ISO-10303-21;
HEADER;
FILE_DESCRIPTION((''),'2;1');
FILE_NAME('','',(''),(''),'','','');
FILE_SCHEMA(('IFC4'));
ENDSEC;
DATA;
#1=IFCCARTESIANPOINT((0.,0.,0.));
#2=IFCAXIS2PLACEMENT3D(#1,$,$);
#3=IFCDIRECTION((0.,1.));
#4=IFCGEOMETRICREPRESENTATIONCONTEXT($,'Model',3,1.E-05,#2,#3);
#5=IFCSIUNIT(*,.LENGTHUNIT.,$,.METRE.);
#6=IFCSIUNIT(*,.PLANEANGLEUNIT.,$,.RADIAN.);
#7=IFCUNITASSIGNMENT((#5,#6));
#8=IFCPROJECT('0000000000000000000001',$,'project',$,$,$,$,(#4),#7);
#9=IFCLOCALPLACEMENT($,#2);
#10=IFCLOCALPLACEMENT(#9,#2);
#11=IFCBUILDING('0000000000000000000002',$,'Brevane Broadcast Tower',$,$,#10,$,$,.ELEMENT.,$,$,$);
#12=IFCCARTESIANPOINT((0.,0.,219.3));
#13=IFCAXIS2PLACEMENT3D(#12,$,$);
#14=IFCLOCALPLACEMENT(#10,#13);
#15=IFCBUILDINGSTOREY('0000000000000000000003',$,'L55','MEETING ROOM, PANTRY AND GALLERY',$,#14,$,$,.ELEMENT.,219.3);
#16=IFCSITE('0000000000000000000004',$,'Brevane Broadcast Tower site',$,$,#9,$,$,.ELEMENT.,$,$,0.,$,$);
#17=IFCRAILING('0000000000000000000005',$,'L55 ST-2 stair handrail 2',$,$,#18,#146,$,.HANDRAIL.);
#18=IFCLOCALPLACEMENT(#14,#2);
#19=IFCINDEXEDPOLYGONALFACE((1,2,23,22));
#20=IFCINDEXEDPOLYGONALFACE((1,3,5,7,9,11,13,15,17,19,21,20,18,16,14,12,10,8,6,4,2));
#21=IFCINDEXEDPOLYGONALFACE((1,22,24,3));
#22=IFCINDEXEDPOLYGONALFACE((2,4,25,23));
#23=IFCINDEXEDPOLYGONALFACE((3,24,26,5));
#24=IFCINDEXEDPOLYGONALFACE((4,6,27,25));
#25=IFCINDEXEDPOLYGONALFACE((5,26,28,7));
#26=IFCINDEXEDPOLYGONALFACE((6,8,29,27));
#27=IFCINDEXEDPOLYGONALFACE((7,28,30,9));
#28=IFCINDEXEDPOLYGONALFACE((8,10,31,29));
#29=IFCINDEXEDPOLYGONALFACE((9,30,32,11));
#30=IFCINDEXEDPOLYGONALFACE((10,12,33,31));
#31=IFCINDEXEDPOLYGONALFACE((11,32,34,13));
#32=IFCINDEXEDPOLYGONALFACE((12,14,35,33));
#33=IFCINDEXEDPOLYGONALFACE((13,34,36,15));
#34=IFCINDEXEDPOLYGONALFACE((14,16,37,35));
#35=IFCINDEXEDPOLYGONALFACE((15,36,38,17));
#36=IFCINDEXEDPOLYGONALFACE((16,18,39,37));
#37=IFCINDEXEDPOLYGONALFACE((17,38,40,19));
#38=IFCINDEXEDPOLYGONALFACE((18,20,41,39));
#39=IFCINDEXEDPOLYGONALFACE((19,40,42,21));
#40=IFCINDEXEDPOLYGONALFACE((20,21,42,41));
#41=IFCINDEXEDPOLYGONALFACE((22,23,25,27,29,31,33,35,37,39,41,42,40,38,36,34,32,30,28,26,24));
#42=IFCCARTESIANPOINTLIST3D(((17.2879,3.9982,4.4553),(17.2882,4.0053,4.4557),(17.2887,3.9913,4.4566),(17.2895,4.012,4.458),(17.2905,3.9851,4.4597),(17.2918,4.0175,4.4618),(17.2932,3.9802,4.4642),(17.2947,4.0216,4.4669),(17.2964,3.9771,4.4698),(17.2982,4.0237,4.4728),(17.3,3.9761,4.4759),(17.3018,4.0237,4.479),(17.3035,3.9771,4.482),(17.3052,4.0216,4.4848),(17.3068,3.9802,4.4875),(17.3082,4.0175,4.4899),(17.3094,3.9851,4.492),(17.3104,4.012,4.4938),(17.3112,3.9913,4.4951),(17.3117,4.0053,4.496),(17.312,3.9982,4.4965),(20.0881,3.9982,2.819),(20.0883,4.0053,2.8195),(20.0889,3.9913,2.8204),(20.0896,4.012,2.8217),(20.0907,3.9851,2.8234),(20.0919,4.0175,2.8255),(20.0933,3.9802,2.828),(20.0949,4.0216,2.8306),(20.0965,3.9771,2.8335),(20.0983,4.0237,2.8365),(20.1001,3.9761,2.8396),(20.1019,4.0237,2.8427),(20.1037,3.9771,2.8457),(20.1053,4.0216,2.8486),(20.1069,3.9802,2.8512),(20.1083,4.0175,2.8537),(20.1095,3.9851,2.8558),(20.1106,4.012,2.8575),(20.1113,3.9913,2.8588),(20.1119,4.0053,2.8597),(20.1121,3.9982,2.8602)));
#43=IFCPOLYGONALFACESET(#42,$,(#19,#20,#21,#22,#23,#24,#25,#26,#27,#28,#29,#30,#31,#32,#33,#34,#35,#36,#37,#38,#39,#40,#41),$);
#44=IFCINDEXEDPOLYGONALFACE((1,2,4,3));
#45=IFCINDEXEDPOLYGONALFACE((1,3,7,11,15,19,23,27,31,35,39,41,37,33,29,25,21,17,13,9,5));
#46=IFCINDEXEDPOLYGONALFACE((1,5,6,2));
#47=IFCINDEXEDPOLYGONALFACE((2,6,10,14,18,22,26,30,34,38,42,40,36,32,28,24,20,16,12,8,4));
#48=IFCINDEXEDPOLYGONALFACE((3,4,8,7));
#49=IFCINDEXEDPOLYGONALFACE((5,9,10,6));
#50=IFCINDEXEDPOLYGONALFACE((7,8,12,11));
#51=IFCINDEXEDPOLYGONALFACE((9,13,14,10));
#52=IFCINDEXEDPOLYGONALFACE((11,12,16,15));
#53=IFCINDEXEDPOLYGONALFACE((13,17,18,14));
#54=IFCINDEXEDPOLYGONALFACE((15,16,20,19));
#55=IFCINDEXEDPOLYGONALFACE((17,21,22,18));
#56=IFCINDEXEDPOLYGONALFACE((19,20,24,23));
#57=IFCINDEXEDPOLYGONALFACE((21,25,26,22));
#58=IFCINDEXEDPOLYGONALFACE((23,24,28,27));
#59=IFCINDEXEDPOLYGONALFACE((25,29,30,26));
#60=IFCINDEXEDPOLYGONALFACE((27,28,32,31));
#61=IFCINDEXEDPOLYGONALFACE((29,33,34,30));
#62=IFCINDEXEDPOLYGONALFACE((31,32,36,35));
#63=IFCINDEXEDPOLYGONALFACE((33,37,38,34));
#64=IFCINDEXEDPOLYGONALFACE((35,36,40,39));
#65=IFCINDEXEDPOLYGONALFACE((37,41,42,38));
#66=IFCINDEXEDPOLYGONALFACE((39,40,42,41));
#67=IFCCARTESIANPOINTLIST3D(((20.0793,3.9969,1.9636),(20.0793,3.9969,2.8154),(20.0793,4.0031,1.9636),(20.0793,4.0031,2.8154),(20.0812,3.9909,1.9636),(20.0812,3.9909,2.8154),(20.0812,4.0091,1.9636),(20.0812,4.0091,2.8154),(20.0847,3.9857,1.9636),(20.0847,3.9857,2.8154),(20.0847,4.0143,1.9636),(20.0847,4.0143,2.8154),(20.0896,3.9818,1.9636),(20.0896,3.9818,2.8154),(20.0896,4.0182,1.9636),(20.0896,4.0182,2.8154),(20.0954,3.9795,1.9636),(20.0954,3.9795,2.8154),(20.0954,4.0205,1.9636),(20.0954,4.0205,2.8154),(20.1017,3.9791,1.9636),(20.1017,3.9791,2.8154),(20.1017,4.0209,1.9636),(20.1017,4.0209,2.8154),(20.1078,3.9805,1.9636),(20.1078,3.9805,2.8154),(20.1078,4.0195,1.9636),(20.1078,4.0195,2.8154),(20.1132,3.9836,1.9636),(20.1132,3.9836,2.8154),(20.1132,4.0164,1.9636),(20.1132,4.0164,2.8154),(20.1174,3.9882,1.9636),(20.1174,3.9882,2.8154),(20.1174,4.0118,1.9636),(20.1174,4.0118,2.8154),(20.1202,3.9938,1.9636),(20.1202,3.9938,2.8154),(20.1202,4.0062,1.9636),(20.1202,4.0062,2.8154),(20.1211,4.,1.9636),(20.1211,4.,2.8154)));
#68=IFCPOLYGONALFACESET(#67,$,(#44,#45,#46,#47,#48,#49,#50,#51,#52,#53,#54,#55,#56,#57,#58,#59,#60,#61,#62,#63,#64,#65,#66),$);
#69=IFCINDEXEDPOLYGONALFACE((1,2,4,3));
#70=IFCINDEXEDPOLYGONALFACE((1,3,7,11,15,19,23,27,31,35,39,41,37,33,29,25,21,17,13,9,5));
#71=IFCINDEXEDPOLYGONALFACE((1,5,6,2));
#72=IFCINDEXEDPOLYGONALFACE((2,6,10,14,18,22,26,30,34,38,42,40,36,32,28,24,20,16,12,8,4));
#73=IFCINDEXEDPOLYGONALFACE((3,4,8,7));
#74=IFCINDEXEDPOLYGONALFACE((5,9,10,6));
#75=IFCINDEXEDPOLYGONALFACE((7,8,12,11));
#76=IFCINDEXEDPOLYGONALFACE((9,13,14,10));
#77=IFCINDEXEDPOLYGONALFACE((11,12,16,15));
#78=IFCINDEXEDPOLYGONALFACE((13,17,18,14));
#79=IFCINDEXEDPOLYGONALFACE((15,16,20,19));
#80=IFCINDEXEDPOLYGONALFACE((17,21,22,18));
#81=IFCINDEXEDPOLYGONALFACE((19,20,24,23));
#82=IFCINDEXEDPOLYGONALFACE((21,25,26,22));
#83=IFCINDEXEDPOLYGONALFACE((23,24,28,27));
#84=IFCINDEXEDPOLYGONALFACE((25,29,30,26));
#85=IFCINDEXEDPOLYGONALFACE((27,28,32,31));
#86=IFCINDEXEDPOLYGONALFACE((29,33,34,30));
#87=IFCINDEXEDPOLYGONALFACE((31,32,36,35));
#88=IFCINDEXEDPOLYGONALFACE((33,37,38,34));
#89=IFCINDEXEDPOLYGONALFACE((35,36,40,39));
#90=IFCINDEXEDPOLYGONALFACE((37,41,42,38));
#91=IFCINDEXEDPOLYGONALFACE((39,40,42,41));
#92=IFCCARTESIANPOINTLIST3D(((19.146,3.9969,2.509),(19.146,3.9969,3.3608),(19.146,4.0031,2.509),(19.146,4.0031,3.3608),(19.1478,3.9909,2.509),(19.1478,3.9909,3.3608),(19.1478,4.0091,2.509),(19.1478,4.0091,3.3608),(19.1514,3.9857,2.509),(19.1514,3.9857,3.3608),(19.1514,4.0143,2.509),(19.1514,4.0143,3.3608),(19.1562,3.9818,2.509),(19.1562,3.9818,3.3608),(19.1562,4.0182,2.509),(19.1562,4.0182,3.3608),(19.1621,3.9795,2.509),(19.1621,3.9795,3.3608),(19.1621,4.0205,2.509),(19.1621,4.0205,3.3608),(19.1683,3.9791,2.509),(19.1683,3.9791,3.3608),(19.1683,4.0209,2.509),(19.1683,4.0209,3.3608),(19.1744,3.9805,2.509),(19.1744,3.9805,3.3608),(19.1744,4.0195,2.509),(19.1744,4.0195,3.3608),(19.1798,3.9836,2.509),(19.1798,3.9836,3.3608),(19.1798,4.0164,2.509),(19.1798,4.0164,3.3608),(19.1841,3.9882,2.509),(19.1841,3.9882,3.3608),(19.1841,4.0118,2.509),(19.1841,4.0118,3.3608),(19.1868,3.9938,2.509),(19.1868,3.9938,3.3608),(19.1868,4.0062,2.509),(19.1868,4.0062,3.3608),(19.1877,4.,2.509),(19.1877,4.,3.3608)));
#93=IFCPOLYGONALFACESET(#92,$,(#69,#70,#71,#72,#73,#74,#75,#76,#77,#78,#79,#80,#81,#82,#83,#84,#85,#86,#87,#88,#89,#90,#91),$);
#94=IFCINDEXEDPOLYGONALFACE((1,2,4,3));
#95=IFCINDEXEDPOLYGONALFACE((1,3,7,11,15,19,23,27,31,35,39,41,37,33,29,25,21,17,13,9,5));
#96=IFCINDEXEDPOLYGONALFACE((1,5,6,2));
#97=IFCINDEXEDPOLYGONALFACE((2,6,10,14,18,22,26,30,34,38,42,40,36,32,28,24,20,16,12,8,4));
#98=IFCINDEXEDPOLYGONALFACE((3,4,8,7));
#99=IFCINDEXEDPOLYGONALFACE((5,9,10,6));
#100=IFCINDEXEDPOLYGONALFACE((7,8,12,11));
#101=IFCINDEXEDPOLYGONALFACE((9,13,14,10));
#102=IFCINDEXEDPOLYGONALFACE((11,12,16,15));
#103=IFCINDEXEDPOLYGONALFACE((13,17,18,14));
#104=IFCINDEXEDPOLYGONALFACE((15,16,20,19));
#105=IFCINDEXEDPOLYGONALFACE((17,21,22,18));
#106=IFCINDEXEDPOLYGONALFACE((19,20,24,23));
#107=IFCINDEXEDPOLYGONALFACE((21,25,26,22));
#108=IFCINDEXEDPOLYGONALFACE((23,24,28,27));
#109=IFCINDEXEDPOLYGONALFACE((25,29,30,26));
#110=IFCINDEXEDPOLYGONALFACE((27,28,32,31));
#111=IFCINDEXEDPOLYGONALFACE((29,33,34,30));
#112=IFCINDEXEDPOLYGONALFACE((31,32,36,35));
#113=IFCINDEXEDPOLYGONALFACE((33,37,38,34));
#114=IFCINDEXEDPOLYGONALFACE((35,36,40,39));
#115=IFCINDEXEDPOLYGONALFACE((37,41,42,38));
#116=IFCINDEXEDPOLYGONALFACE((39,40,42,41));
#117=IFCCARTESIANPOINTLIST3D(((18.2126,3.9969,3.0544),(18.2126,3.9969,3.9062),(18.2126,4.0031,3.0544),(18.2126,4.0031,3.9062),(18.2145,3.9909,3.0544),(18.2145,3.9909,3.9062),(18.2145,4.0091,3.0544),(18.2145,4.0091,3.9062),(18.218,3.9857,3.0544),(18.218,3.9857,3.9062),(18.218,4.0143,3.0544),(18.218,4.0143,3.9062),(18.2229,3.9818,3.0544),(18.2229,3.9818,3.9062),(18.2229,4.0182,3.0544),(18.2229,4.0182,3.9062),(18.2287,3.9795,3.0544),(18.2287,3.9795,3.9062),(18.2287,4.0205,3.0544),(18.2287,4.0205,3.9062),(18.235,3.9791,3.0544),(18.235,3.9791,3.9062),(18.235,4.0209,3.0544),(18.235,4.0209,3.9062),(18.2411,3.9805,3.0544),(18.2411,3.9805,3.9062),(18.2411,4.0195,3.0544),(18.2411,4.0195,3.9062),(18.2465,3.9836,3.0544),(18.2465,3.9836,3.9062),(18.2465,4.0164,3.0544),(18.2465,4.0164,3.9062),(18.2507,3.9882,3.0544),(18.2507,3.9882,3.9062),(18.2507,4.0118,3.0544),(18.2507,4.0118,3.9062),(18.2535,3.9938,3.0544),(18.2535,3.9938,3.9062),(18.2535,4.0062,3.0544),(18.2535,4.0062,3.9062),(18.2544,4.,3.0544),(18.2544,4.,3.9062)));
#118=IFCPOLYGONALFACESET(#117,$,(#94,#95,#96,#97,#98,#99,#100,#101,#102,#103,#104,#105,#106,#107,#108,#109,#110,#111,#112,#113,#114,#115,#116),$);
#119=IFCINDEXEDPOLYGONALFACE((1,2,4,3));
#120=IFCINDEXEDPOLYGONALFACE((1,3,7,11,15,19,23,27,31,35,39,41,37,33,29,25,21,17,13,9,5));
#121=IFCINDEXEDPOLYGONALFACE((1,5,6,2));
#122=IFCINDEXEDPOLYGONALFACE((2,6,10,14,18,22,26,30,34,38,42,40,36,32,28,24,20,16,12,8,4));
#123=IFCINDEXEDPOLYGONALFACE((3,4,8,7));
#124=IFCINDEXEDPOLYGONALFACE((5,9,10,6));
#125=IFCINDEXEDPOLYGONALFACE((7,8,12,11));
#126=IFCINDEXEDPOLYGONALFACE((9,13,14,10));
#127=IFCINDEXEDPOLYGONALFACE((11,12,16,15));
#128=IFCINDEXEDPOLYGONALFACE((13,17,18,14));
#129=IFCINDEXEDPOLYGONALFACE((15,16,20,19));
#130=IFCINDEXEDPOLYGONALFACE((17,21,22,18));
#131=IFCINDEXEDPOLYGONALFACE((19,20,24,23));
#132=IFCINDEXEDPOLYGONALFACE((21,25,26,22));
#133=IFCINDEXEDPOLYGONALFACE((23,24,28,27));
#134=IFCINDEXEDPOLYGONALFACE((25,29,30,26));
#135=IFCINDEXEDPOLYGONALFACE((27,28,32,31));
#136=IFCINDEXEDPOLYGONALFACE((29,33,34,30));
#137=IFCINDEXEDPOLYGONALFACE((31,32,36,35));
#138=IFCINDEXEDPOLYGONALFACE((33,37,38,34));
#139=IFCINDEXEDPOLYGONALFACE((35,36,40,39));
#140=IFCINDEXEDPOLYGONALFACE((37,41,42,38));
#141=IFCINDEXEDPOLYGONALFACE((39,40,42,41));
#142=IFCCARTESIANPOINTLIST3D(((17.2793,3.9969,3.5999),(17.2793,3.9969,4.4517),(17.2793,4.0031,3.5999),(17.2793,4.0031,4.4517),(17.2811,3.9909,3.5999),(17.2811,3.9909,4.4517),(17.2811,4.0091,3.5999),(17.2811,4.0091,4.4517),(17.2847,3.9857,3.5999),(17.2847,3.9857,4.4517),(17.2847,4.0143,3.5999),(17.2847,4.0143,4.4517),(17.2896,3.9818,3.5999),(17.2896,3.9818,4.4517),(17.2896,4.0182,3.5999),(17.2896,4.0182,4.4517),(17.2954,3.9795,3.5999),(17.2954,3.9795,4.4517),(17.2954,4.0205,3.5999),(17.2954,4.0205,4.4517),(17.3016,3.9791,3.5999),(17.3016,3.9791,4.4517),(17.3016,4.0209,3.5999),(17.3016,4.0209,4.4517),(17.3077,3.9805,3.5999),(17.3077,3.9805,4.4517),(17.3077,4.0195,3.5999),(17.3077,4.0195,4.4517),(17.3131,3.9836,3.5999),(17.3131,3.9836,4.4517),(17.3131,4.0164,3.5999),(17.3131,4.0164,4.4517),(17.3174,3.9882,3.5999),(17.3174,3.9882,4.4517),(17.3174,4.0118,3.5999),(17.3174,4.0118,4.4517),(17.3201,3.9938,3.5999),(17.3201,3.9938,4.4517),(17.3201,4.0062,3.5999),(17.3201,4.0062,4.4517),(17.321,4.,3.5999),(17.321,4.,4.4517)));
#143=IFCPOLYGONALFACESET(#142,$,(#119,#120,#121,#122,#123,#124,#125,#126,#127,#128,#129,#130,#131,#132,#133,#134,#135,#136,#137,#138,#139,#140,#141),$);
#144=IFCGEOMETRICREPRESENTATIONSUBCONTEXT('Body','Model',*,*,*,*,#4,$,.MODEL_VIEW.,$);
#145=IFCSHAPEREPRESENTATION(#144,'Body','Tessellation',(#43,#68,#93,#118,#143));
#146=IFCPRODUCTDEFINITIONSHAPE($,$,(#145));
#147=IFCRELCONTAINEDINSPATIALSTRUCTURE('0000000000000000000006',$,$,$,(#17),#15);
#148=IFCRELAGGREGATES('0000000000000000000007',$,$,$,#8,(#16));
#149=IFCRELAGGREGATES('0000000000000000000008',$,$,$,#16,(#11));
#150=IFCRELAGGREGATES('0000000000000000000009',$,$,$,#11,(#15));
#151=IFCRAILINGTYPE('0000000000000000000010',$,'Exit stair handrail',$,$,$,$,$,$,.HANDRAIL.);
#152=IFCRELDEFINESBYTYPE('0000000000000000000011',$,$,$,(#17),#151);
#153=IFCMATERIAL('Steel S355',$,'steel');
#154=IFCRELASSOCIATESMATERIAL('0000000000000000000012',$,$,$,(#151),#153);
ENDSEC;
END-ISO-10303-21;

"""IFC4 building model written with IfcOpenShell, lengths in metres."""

from ifc_helpers import new_model, si_unit, direction, frame, origin, origin_2d, place, context, subcontext, project, spatial, circle, extrude, material, type_object, element, save


model = new_model("IFC4")

# Units and contexts
model_context = context("Model", 3, precision=1e-05, world=origin(), true_north=direction((0.0, 1.0)))
body_context = subcontext(model_context, "Body", "Model", "MODEL_VIEW")
ifc_project = project(units=[si_unit("LENGTHUNIT", "METRE"), si_unit("PLANEANGLEUNIT", "RADIAN")], contexts=[model_context])

# Site, building, storey
site_placement = place(None, origin())
site = spatial("IfcSite", under=ifc_project, at=site_placement, Name="Brevane Broadcast Tower site", CompositionType="ELEMENT", RefElevation=0.0)
building_placement = place(site_placement, origin())
building = spatial("IfcBuilding", under=site, at=building_placement, Name="Brevane Broadcast Tower", CompositionType="ELEMENT")
storey_placement = place(building_placement, frame((0.0, 0.0, 219.3)))
storey = spatial("IfcBuildingStorey", under=building, at=storey_placement, Name="L55", Description="MEETING ROOM, PANTRY AND GALLERY", CompositionType="ELEMENT", Elevation=219.3)

# Railing
ifc_material_1 = material(Name="Steel S355", Category="steel")
railing_type_1 = type_object("IfcRailingType", Name="Exit stair handrail", PredefinedType="HANDRAIL", material=ifc_material_1)
railing_1_placement = place(storey_placement, frame((20.1001, 4.0, 1.9636)))
element("IfcRailing", 1, at=railing_1_placement, inside=storey, type_object=railing_type_1, Name="L55 ST-2 stair handrail 2", PredefinedType="HANDRAIL", context=body_context, shape_type="SweptSolid", body=[
    extrude(circle(Radius=0.0239, at=origin_2d()), frame((0.0, 0.0, 0.876), z_axis=(-0.863394, 0.0, 0.504531), x_axis=(0.0, -1.0, 0.0)), (0.0, 0.0, 1.0), 3.2432),
    extrude(circle(Radius=0.021, at=origin_2d()), origin(), (0.0, 0.0, 1.0), 0.8518),
    extrude(circle(Radius=0.021, at=origin_2d()), frame((-0.9333, 0.0, 0.5454)), (0.0, 0.0, 1.0), 0.8518),
    extrude(circle(Radius=0.021, at=origin_2d()), frame((-1.8667, 0.0, 1.0908)), (0.0, 0.0, 1.0), 0.8518),
    extrude(circle(Radius=0.021, at=origin_2d()), frame((-2.8, 0.0, 1.6362)), (0.0, 0.0, 1.0), 0.8518),
])

save(model, "model.ifc")
